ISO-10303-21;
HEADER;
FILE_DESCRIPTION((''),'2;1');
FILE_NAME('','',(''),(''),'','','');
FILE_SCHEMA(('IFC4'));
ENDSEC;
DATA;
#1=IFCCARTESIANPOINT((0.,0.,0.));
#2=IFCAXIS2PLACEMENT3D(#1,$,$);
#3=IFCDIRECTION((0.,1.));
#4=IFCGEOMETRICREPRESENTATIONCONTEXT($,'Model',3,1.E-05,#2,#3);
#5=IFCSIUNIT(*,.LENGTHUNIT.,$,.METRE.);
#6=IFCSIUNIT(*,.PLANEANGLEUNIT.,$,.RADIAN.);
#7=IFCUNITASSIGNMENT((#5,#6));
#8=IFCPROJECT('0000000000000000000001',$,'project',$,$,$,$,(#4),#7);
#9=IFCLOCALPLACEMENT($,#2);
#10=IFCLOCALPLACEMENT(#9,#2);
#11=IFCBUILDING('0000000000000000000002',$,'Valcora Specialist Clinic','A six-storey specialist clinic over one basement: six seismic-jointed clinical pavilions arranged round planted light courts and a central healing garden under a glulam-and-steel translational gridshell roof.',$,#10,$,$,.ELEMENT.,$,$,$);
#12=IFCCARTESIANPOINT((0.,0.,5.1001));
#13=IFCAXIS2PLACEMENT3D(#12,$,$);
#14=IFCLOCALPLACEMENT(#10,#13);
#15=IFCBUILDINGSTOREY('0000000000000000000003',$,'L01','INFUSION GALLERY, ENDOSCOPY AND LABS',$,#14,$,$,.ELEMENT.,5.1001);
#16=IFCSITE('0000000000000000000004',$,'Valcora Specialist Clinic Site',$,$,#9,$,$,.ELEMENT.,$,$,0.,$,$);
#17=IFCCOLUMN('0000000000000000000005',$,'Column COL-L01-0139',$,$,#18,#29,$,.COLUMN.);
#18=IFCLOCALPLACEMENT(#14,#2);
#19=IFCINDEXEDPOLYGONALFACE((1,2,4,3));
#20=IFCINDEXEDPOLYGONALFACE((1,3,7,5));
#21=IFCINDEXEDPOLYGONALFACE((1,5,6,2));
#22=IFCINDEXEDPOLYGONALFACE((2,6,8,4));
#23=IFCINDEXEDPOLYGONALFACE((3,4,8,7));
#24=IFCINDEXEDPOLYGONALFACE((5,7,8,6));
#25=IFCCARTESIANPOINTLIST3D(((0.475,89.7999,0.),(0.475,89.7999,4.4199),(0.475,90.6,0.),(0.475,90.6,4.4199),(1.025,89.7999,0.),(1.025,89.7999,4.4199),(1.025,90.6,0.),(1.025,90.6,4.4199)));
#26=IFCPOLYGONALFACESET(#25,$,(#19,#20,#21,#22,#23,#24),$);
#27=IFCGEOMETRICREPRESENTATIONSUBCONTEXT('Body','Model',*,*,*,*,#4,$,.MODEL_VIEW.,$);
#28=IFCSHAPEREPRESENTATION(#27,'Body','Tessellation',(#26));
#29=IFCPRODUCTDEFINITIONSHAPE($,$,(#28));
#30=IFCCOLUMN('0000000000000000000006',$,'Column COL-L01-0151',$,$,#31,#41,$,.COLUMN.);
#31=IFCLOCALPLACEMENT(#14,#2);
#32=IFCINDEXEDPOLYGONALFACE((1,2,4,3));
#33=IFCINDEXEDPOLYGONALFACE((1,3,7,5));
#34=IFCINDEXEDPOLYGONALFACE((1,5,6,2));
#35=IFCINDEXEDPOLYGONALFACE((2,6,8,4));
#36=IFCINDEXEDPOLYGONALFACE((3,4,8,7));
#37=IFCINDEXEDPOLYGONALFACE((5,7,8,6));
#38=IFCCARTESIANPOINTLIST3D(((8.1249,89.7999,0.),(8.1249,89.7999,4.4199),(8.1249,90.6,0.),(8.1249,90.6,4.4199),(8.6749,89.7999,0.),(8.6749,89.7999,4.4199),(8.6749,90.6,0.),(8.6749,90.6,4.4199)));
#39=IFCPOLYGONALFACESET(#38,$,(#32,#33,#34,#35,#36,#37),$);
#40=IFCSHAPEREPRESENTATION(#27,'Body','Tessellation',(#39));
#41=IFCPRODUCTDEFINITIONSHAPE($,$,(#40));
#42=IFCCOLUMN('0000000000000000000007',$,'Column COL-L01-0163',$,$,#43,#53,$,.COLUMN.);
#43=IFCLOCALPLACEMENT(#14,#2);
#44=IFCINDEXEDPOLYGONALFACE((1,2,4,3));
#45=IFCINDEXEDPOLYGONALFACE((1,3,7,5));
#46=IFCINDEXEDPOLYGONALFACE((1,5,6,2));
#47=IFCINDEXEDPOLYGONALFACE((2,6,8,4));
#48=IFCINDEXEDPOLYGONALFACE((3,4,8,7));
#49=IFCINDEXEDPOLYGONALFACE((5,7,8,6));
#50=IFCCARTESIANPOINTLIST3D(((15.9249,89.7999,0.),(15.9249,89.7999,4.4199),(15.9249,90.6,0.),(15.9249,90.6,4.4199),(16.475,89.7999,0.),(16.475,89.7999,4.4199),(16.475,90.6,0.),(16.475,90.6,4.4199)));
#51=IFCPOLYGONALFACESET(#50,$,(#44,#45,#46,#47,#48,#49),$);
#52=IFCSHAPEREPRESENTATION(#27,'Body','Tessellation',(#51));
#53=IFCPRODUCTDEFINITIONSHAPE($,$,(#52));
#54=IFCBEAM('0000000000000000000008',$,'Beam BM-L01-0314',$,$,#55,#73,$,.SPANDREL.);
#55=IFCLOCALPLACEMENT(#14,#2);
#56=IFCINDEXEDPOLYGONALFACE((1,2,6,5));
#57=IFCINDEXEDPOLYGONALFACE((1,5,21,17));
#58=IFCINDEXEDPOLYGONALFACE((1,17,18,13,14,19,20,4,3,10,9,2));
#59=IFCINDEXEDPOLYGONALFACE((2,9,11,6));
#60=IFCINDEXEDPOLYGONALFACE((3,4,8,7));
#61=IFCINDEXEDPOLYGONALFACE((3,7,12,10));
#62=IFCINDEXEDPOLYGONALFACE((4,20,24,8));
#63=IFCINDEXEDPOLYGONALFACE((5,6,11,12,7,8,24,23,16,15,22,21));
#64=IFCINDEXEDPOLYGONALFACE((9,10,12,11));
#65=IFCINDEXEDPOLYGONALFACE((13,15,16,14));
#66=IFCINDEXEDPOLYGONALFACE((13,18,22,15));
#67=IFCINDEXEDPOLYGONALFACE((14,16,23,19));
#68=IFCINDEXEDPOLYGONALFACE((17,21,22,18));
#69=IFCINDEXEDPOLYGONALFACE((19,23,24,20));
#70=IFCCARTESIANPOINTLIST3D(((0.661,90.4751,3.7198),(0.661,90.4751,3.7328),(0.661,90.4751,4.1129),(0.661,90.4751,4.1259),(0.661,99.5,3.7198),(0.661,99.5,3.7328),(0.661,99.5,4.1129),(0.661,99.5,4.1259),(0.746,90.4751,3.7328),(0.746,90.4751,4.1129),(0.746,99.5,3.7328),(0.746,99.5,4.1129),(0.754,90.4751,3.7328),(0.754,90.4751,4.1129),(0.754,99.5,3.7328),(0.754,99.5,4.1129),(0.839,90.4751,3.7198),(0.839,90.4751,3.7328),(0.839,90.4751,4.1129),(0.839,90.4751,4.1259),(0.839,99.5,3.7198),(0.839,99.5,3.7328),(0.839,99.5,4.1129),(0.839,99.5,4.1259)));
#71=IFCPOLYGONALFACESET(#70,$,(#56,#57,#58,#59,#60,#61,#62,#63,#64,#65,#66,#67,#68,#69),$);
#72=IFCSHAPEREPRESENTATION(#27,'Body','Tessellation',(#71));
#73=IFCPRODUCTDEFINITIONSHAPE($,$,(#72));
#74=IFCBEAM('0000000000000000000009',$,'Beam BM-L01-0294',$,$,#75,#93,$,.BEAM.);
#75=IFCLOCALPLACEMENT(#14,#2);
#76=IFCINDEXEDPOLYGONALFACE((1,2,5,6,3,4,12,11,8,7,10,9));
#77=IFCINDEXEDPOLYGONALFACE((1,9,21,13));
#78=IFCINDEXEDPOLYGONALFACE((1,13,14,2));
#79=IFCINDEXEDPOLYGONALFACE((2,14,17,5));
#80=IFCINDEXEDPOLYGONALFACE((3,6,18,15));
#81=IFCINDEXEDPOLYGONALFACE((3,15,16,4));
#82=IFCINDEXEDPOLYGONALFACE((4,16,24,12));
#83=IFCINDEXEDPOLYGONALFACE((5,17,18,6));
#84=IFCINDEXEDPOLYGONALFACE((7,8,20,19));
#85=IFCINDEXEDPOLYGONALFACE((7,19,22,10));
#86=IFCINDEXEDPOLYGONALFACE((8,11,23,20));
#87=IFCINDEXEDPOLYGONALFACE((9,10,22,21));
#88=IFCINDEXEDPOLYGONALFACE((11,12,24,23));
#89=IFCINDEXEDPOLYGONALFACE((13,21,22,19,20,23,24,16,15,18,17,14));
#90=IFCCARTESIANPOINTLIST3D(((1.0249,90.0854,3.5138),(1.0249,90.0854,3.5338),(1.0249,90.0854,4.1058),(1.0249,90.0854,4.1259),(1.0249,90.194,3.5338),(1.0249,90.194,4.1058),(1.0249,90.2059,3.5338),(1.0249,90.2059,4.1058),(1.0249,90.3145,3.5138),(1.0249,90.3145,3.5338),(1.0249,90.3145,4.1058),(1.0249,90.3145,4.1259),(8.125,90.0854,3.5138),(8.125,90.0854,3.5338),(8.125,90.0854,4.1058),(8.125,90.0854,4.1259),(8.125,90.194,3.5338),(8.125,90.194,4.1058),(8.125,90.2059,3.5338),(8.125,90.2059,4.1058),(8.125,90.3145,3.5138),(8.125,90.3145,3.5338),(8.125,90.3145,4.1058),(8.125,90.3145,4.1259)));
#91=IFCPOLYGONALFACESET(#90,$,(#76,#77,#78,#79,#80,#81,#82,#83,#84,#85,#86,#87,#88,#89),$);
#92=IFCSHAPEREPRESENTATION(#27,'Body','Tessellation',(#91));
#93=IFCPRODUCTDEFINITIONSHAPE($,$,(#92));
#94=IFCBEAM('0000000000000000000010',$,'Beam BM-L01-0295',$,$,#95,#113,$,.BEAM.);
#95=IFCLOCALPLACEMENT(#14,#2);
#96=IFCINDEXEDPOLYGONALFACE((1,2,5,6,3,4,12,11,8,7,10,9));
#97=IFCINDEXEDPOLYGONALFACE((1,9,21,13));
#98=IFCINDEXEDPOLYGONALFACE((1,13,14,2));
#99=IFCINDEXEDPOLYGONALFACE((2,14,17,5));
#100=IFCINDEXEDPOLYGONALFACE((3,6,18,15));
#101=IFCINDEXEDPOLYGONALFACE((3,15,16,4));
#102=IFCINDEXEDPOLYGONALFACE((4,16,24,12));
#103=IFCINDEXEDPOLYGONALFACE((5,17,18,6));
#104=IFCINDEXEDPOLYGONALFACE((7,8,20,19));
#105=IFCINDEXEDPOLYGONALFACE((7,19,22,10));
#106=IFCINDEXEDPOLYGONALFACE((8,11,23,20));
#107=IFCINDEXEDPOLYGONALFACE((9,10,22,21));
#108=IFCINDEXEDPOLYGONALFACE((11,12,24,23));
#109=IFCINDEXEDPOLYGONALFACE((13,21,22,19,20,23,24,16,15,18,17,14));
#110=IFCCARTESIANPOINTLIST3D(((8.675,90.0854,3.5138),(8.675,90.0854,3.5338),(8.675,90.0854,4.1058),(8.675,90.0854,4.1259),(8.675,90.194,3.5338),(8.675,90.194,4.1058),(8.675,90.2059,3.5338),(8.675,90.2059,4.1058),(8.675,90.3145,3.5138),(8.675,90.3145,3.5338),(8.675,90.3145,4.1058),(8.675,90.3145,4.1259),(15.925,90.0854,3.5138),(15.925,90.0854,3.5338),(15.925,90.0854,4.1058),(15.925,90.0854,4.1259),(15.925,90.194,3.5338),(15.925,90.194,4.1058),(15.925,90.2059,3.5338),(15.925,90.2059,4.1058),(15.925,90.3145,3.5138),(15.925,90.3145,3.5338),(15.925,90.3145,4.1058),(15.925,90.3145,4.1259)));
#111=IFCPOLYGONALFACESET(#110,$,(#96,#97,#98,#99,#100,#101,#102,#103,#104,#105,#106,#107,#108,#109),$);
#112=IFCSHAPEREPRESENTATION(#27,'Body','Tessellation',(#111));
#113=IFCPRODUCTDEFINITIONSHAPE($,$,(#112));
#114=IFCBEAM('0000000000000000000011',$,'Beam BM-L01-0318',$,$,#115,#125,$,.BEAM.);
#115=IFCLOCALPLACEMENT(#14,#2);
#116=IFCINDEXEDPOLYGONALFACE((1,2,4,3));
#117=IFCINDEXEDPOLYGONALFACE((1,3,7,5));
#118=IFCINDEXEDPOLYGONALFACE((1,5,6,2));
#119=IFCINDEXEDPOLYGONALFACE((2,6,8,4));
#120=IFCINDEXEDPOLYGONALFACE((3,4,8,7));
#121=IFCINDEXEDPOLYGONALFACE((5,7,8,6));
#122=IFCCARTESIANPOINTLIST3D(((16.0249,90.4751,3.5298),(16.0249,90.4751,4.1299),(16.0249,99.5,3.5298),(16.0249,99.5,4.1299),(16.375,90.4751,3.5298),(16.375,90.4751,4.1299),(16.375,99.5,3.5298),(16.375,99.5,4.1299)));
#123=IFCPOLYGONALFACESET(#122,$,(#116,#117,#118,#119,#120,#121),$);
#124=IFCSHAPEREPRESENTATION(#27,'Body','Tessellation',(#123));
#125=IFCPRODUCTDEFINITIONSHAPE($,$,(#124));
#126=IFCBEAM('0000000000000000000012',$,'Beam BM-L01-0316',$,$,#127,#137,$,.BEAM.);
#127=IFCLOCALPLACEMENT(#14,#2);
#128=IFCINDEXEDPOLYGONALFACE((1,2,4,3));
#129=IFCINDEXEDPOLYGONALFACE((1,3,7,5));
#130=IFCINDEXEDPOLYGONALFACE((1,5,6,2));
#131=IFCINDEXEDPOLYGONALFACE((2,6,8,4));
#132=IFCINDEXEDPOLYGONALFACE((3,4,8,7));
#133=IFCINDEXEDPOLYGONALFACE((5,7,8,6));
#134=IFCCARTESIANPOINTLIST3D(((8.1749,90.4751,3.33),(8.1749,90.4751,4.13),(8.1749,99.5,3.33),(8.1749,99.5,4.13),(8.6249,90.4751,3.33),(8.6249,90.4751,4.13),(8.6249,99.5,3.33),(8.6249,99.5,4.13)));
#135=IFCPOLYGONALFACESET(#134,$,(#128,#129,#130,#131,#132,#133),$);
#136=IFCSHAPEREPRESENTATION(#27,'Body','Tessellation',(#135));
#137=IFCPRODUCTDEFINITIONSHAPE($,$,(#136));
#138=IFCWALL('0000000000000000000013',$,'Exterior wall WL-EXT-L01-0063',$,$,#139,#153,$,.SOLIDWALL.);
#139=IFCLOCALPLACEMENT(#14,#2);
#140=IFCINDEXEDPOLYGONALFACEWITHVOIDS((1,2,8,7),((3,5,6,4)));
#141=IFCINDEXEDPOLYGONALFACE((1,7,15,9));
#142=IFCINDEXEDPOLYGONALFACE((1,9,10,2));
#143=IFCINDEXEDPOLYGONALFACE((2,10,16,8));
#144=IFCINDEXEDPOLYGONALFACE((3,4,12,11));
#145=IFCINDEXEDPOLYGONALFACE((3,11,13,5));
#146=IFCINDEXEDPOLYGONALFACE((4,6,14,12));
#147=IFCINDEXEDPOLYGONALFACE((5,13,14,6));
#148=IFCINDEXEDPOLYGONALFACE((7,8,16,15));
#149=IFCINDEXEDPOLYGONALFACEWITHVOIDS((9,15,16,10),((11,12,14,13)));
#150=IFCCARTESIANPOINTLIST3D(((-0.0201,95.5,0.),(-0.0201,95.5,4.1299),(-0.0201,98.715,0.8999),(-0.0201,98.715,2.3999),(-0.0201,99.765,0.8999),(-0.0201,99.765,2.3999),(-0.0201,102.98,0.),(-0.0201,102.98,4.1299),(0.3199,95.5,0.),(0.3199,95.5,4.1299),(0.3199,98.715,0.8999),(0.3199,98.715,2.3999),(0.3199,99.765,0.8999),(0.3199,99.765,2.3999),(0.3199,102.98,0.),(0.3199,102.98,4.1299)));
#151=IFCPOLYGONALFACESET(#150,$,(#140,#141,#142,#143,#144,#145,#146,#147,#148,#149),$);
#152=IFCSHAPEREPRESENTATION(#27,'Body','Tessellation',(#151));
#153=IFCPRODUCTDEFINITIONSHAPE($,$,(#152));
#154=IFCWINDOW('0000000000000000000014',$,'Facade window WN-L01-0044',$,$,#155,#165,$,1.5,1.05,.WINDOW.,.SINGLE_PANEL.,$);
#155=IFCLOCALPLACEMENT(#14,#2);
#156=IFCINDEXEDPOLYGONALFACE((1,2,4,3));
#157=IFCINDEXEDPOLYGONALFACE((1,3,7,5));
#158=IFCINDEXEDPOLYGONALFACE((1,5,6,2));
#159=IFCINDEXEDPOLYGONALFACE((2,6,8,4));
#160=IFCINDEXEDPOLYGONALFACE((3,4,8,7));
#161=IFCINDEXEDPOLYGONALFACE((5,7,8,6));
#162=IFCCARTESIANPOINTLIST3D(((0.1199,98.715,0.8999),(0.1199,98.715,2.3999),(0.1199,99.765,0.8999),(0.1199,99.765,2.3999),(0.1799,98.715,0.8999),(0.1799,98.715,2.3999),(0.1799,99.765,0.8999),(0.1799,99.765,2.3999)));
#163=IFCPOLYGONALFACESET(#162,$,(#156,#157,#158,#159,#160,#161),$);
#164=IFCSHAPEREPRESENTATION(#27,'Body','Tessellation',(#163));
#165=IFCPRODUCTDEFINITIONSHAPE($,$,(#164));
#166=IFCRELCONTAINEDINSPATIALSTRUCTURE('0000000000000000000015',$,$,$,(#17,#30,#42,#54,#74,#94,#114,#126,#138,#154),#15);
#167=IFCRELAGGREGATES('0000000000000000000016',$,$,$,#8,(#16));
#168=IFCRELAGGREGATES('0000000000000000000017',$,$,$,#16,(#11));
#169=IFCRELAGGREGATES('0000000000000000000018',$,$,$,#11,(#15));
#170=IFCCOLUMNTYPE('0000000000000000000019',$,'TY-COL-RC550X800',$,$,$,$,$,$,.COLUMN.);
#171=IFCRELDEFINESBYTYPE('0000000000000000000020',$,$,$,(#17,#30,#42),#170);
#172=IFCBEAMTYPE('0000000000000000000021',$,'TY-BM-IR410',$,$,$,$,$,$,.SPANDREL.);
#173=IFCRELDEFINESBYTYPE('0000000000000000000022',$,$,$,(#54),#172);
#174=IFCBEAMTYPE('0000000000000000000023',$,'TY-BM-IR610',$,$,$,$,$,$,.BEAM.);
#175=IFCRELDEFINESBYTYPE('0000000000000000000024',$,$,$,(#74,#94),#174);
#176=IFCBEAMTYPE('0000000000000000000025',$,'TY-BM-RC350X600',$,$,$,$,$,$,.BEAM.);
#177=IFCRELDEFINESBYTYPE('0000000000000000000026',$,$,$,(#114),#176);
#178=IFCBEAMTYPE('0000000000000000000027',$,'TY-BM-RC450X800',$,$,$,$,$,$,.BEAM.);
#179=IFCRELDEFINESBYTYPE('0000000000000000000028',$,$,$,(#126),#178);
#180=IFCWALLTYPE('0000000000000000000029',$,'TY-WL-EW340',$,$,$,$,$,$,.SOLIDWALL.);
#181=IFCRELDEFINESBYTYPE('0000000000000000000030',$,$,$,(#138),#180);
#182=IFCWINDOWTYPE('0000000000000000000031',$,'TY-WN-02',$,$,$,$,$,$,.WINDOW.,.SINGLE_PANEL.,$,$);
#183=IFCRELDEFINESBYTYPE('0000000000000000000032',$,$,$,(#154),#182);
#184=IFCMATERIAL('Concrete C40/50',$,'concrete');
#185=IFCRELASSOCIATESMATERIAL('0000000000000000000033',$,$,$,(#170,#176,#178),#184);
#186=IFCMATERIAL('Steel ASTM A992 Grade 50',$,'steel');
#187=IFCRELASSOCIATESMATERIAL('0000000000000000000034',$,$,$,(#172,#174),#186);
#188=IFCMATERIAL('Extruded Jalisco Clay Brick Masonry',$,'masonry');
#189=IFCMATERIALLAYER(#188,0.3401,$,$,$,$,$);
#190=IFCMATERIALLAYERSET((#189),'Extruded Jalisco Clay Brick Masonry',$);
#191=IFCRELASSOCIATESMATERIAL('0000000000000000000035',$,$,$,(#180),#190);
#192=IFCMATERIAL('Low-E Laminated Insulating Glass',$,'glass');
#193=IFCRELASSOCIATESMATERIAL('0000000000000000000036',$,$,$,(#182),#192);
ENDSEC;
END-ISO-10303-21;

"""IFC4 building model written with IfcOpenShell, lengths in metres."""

from ifc_helpers import new_model, si_unit, direction, frame, frame_2d, origin, origin_2d, place, context, subcontext, project, spatial, rectangle, i_section, extrude, material, layer, layer_set, material_profile, profile_set, type_object, element, fill, save


model = new_model("IFC4")

# Units and contexts
model_context = context("Model", 3, precision=1e-05, world=origin(), true_north=direction((0.0, 1.0)))
body_context = subcontext(model_context, "Body", "Model", "MODEL_VIEW")
ifc_project = project(units=[si_unit("LENGTHUNIT", "METRE"), si_unit("PLANEANGLEUNIT", "RADIAN")], contexts=[model_context])

# Site, building, storey
site_placement = place(None, origin())
site = spatial("IfcSite", under=ifc_project, at=site_placement, Name="Valcora Specialist Clinic Site", CompositionType="ELEMENT", RefElevation=0.0)
building_placement = place(site_placement, origin())
building = spatial("IfcBuilding", under=site, at=building_placement, Name="Valcora Specialist Clinic", Description="A six-storey specialist clinic over one basement: six seismic-jointed clinical pavilions arranged round planted light courts and a central healing garden under a glulam-and-steel translational gridshell roof.", CompositionType="ELEMENT")
storey_placement = place(building_placement, frame((0.0, 0.0, 5.1001)))
storey = spatial("IfcBuildingStorey", under=building, at=storey_placement, Name="L01", Description="INFUSION GALLERY, ENDOSCOPY AND LABS", CompositionType="ELEMENT", Elevation=5.1001)

# Columns
ifc_material_1 = material(Name="Concrete C40/50", Category="concrete")
ifc_material_profile_1 = material_profile(ifc_material_1, rectangle(XDim=0.55, YDim=0.8, at=origin_2d()), Name="RC-COL-550X800")
ifc_profile_set_1 = profile_set([ifc_material_profile_1], Name="Concrete C40/50")
column_type = type_object("IfcColumnType", Name="TY-COL-RC550X800", PredefinedType="COLUMN", material=ifc_profile_set_1)
for number, where, z_axis, x_axis, name in (
    (1, (0.75, 90.2, 0.0), (0.0, 0.0, 1.0), (1.0, 0.0, 0.0), "Column COL-L01-0139"),
    (2, (8.3999, 90.2, 0.0), (0.0, 0.0, 1.0), (1.0, 0.0, 0.0), "Column COL-L01-0151"),
    (3, (16.2, 90.2, 0.0), (0.0, 0.0, 1.0), (1.0, 0.0, 0.0), "Column COL-L01-0163"),
):
    element("IfcColumn", number, at=place(storey_placement, frame(where, z_axis=z_axis, x_axis=x_axis)), inside=storey, type_object=column_type, Name=name, PredefinedType="COLUMN", context=body_context, shape_type="SweptSolid", body=[
        extrude(rectangle(XDim=0.55, YDim=0.8, at=origin_2d()), origin(), (0.0, 0.0, 1.0), 4.4199),
    ])

# Beams
ifc_material_2 = material(Name="Steel ASTM A992 Grade 50", Category="steel")
ifc_material_profile_2 = material_profile(ifc_material_2, i_section(OverallWidth=0.178, OverallDepth=0.406, WebThickness=0.0081, FlangeThickness=0.0129, at=origin_2d()), Name="ST-IR-410X180")
ifc_profile_set_2 = profile_set([ifc_material_profile_2], Name="Steel ASTM A992 Grade 50")
beam_type_1 = type_object("IfcBeamType", Name="TY-BM-IR410", PredefinedType="SPANDREL", material=ifc_profile_set_2)
beam_1_placement = place(storey_placement, frame((0.75, 90.4751, 3.9229), z_axis=(0.0, 1.0, 0.0), x_axis=(-1.0, 0.0, 0.0)))
element("IfcBeam", 4, at=beam_1_placement, inside=storey, type_object=beam_type_1, Name="Beam BM-L01-0314", PredefinedType="SPANDREL", context=body_context, shape_type="SweptSolid", body=[
    extrude(i_section(OverallWidth=0.178, OverallDepth=0.406, WebThickness=0.0081, FlangeThickness=0.0129, at=origin_2d()), origin(), (0.0, 0.0, 1.0), 9.0249),
])
ifc_material_profile_3 = material_profile(ifc_material_2, i_section(OverallWidth=0.229, OverallDepth=0.6121, WebThickness=0.012, FlangeThickness=0.02, at=origin_2d()), Name="ST-IR-610X229")
ifc_profile_set_3 = profile_set([ifc_material_profile_3], Name="Steel ASTM A992 Grade 50")
beam_type_2 = type_object("IfcBeamType", Name="TY-BM-IR610", PredefinedType="BEAM", material=ifc_profile_set_3)
beam_2_placement = place(storey_placement, frame((1.0249, 90.2, 3.8198), z_axis=(1.0, 0.0, 0.0), x_axis=(0.0, 1.0, 0.0)))
element("IfcBeam", 5, at=beam_2_placement, inside=storey, type_object=beam_type_2, Name="Beam BM-L01-0294", PredefinedType="BEAM", context=body_context, shape_type="SweptSolid", body=[
    extrude(i_section(OverallWidth=0.229, OverallDepth=0.6121, WebThickness=0.012, FlangeThickness=0.02, at=origin_2d()), origin(), (0.0, 0.0, 1.0), 7.1001),
])
beam_3_placement = place(storey_placement, frame((8.675, 90.2, 3.8198), z_axis=(1.0, 0.0, 0.0), x_axis=(0.0, 1.0, 0.0)))
element("IfcBeam", 6, at=beam_3_placement, inside=storey, type_object=beam_type_2, Name="Beam BM-L01-0295", PredefinedType="BEAM", context=body_context, shape_type="SweptSolid", body=[
    extrude(i_section(OverallWidth=0.229, OverallDepth=0.6121, WebThickness=0.012, FlangeThickness=0.02, at=origin_2d()), origin(), (0.0, 0.0, 1.0), 7.25),
])
ifc_material_profile_4 = material_profile(ifc_material_1, rectangle(XDim=0.3501, YDim=0.6001, at=origin_2d()), Name="RC-BM-350X600")
ifc_profile_set_4 = profile_set([ifc_material_profile_4], Name="Concrete C40/50")
beam_type_3 = type_object("IfcBeamType", Name="TY-BM-RC350X600", PredefinedType="BEAM", material=ifc_profile_set_4)
beam_4_placement = place(storey_placement, frame((16.2, 90.4751, 3.8298), z_axis=(0.0, 1.0, 0.0), x_axis=(-1.0, 0.0, 0.0)))
element("IfcBeam", 7, at=beam_4_placement, inside=storey, type_object=beam_type_3, Name="Beam BM-L01-0318", PredefinedType="BEAM", context=body_context, shape_type="SweptSolid", body=[
    extrude(rectangle(XDim=0.3501, YDim=0.6001, at=origin_2d()), origin(), (0.0, 0.0, 1.0), 9.0249),
])
ifc_material_profile_5 = material_profile(ifc_material_1, rectangle(XDim=0.45, YDim=0.8, at=origin_2d()), Name="RC-BM-450X800")
ifc_profile_set_5 = profile_set([ifc_material_profile_5], Name="Concrete C40/50")
beam_type_4 = type_object("IfcBeamType", Name="TY-BM-RC450X800", PredefinedType="BEAM", material=ifc_profile_set_5)
beam_5_placement = place(storey_placement, frame((8.3999, 90.4751, 3.73), z_axis=(0.0, 1.0, 0.0), x_axis=(-1.0, 0.0, 0.0)))
element("IfcBeam", 8, at=beam_5_placement, inside=storey, type_object=beam_type_4, Name="Beam BM-L01-0316", PredefinedType="BEAM", context=body_context, shape_type="SweptSolid", body=[
    extrude(rectangle(XDim=0.45, YDim=0.8, at=origin_2d()), origin(), (0.0, 0.0, 1.0), 9.0249),
])

# Wall, opening, window
ifc_material_3 = material(Name="Extruded Jalisco Clay Brick Masonry", Category="masonry")
ifc_layer_1 = layer(ifc_material_3, 0.3401)
ifc_layer_set_1 = layer_set([ifc_layer_1], Name="Extruded Jalisco Clay Brick Masonry")
wall_type_1 = type_object("IfcWallType", Name="TY-WL-EW340", PredefinedType="SOLIDWALL", material=ifc_layer_set_1)
wall_1_placement = place(storey_placement, frame((0.1499, 95.5, 0.0), z_axis=(0.0, 0.0, 1.0), x_axis=(0.0, 1.0, 0.0)))
wall_1 = element("IfcWall", 9, at=wall_1_placement, inside=storey, type_object=wall_type_1, Name="Exterior wall WL-EXT-L01-0063", PredefinedType="SOLIDWALL", context=body_context, shape_type="SweptSolid", body=[
    extrude(rectangle(XDim=7.48, YDim=0.3401, at=frame_2d((3.74, 0.0))), origin(), (0.0, 0.0, 1.0), 4.1299),
])
opening_1_placement = place(wall_1_placement, frame((3.2151, 0.0, 0.8999)))
opening_1 = element("IfcOpeningElement", 10, at=opening_1_placement, cuts=wall_1, PredefinedType="OPENING", context=body_context, shape_type="SweptSolid", body=[
    extrude(rectangle(XDim=1.05, YDim=1.5, at=frame_2d((0.5249, 0.75))), frame((0.0, 0.1799, 0.0), z_axis=(0.0, -1.0, 0.0), x_axis=(1.0, 0.0, 0.0)), (0.0, 0.0, 1.0), 0.3601),
])
ifc_material_4 = material(Name="Low-E Laminated Insulating Glass", Category="glass")
window_type_1 = type_object("IfcWindowType", Name="TY-WN-02", PartitioningType="SINGLE_PANEL", PredefinedType="WINDOW", material=ifc_material_4)
window_1_placement = place(opening_1_placement, origin())
window_1 = element("IfcWindow", 11, at=window_1_placement, inside=storey, type_object=window_type_1, Name="Facade window WN-L01-0044", OverallHeight=1.5, OverallWidth=1.05, PartitioningType="SINGLE_PANEL", PredefinedType="WINDOW", context=body_context, shape_type="SweptSolid", body=[
    extrude(rectangle(XDim=1.05, YDim=1.5, at=frame_2d((0.5249, 0.75))), frame((0.0, 0.03, 0.0), z_axis=(0.0, -1.0, 0.0), x_axis=(1.0, 0.0, 0.0)), (0.0, 0.0, 1.0), 0.0601),
])
fill(opening_1, window_1)

save(model, "model.ifc")
